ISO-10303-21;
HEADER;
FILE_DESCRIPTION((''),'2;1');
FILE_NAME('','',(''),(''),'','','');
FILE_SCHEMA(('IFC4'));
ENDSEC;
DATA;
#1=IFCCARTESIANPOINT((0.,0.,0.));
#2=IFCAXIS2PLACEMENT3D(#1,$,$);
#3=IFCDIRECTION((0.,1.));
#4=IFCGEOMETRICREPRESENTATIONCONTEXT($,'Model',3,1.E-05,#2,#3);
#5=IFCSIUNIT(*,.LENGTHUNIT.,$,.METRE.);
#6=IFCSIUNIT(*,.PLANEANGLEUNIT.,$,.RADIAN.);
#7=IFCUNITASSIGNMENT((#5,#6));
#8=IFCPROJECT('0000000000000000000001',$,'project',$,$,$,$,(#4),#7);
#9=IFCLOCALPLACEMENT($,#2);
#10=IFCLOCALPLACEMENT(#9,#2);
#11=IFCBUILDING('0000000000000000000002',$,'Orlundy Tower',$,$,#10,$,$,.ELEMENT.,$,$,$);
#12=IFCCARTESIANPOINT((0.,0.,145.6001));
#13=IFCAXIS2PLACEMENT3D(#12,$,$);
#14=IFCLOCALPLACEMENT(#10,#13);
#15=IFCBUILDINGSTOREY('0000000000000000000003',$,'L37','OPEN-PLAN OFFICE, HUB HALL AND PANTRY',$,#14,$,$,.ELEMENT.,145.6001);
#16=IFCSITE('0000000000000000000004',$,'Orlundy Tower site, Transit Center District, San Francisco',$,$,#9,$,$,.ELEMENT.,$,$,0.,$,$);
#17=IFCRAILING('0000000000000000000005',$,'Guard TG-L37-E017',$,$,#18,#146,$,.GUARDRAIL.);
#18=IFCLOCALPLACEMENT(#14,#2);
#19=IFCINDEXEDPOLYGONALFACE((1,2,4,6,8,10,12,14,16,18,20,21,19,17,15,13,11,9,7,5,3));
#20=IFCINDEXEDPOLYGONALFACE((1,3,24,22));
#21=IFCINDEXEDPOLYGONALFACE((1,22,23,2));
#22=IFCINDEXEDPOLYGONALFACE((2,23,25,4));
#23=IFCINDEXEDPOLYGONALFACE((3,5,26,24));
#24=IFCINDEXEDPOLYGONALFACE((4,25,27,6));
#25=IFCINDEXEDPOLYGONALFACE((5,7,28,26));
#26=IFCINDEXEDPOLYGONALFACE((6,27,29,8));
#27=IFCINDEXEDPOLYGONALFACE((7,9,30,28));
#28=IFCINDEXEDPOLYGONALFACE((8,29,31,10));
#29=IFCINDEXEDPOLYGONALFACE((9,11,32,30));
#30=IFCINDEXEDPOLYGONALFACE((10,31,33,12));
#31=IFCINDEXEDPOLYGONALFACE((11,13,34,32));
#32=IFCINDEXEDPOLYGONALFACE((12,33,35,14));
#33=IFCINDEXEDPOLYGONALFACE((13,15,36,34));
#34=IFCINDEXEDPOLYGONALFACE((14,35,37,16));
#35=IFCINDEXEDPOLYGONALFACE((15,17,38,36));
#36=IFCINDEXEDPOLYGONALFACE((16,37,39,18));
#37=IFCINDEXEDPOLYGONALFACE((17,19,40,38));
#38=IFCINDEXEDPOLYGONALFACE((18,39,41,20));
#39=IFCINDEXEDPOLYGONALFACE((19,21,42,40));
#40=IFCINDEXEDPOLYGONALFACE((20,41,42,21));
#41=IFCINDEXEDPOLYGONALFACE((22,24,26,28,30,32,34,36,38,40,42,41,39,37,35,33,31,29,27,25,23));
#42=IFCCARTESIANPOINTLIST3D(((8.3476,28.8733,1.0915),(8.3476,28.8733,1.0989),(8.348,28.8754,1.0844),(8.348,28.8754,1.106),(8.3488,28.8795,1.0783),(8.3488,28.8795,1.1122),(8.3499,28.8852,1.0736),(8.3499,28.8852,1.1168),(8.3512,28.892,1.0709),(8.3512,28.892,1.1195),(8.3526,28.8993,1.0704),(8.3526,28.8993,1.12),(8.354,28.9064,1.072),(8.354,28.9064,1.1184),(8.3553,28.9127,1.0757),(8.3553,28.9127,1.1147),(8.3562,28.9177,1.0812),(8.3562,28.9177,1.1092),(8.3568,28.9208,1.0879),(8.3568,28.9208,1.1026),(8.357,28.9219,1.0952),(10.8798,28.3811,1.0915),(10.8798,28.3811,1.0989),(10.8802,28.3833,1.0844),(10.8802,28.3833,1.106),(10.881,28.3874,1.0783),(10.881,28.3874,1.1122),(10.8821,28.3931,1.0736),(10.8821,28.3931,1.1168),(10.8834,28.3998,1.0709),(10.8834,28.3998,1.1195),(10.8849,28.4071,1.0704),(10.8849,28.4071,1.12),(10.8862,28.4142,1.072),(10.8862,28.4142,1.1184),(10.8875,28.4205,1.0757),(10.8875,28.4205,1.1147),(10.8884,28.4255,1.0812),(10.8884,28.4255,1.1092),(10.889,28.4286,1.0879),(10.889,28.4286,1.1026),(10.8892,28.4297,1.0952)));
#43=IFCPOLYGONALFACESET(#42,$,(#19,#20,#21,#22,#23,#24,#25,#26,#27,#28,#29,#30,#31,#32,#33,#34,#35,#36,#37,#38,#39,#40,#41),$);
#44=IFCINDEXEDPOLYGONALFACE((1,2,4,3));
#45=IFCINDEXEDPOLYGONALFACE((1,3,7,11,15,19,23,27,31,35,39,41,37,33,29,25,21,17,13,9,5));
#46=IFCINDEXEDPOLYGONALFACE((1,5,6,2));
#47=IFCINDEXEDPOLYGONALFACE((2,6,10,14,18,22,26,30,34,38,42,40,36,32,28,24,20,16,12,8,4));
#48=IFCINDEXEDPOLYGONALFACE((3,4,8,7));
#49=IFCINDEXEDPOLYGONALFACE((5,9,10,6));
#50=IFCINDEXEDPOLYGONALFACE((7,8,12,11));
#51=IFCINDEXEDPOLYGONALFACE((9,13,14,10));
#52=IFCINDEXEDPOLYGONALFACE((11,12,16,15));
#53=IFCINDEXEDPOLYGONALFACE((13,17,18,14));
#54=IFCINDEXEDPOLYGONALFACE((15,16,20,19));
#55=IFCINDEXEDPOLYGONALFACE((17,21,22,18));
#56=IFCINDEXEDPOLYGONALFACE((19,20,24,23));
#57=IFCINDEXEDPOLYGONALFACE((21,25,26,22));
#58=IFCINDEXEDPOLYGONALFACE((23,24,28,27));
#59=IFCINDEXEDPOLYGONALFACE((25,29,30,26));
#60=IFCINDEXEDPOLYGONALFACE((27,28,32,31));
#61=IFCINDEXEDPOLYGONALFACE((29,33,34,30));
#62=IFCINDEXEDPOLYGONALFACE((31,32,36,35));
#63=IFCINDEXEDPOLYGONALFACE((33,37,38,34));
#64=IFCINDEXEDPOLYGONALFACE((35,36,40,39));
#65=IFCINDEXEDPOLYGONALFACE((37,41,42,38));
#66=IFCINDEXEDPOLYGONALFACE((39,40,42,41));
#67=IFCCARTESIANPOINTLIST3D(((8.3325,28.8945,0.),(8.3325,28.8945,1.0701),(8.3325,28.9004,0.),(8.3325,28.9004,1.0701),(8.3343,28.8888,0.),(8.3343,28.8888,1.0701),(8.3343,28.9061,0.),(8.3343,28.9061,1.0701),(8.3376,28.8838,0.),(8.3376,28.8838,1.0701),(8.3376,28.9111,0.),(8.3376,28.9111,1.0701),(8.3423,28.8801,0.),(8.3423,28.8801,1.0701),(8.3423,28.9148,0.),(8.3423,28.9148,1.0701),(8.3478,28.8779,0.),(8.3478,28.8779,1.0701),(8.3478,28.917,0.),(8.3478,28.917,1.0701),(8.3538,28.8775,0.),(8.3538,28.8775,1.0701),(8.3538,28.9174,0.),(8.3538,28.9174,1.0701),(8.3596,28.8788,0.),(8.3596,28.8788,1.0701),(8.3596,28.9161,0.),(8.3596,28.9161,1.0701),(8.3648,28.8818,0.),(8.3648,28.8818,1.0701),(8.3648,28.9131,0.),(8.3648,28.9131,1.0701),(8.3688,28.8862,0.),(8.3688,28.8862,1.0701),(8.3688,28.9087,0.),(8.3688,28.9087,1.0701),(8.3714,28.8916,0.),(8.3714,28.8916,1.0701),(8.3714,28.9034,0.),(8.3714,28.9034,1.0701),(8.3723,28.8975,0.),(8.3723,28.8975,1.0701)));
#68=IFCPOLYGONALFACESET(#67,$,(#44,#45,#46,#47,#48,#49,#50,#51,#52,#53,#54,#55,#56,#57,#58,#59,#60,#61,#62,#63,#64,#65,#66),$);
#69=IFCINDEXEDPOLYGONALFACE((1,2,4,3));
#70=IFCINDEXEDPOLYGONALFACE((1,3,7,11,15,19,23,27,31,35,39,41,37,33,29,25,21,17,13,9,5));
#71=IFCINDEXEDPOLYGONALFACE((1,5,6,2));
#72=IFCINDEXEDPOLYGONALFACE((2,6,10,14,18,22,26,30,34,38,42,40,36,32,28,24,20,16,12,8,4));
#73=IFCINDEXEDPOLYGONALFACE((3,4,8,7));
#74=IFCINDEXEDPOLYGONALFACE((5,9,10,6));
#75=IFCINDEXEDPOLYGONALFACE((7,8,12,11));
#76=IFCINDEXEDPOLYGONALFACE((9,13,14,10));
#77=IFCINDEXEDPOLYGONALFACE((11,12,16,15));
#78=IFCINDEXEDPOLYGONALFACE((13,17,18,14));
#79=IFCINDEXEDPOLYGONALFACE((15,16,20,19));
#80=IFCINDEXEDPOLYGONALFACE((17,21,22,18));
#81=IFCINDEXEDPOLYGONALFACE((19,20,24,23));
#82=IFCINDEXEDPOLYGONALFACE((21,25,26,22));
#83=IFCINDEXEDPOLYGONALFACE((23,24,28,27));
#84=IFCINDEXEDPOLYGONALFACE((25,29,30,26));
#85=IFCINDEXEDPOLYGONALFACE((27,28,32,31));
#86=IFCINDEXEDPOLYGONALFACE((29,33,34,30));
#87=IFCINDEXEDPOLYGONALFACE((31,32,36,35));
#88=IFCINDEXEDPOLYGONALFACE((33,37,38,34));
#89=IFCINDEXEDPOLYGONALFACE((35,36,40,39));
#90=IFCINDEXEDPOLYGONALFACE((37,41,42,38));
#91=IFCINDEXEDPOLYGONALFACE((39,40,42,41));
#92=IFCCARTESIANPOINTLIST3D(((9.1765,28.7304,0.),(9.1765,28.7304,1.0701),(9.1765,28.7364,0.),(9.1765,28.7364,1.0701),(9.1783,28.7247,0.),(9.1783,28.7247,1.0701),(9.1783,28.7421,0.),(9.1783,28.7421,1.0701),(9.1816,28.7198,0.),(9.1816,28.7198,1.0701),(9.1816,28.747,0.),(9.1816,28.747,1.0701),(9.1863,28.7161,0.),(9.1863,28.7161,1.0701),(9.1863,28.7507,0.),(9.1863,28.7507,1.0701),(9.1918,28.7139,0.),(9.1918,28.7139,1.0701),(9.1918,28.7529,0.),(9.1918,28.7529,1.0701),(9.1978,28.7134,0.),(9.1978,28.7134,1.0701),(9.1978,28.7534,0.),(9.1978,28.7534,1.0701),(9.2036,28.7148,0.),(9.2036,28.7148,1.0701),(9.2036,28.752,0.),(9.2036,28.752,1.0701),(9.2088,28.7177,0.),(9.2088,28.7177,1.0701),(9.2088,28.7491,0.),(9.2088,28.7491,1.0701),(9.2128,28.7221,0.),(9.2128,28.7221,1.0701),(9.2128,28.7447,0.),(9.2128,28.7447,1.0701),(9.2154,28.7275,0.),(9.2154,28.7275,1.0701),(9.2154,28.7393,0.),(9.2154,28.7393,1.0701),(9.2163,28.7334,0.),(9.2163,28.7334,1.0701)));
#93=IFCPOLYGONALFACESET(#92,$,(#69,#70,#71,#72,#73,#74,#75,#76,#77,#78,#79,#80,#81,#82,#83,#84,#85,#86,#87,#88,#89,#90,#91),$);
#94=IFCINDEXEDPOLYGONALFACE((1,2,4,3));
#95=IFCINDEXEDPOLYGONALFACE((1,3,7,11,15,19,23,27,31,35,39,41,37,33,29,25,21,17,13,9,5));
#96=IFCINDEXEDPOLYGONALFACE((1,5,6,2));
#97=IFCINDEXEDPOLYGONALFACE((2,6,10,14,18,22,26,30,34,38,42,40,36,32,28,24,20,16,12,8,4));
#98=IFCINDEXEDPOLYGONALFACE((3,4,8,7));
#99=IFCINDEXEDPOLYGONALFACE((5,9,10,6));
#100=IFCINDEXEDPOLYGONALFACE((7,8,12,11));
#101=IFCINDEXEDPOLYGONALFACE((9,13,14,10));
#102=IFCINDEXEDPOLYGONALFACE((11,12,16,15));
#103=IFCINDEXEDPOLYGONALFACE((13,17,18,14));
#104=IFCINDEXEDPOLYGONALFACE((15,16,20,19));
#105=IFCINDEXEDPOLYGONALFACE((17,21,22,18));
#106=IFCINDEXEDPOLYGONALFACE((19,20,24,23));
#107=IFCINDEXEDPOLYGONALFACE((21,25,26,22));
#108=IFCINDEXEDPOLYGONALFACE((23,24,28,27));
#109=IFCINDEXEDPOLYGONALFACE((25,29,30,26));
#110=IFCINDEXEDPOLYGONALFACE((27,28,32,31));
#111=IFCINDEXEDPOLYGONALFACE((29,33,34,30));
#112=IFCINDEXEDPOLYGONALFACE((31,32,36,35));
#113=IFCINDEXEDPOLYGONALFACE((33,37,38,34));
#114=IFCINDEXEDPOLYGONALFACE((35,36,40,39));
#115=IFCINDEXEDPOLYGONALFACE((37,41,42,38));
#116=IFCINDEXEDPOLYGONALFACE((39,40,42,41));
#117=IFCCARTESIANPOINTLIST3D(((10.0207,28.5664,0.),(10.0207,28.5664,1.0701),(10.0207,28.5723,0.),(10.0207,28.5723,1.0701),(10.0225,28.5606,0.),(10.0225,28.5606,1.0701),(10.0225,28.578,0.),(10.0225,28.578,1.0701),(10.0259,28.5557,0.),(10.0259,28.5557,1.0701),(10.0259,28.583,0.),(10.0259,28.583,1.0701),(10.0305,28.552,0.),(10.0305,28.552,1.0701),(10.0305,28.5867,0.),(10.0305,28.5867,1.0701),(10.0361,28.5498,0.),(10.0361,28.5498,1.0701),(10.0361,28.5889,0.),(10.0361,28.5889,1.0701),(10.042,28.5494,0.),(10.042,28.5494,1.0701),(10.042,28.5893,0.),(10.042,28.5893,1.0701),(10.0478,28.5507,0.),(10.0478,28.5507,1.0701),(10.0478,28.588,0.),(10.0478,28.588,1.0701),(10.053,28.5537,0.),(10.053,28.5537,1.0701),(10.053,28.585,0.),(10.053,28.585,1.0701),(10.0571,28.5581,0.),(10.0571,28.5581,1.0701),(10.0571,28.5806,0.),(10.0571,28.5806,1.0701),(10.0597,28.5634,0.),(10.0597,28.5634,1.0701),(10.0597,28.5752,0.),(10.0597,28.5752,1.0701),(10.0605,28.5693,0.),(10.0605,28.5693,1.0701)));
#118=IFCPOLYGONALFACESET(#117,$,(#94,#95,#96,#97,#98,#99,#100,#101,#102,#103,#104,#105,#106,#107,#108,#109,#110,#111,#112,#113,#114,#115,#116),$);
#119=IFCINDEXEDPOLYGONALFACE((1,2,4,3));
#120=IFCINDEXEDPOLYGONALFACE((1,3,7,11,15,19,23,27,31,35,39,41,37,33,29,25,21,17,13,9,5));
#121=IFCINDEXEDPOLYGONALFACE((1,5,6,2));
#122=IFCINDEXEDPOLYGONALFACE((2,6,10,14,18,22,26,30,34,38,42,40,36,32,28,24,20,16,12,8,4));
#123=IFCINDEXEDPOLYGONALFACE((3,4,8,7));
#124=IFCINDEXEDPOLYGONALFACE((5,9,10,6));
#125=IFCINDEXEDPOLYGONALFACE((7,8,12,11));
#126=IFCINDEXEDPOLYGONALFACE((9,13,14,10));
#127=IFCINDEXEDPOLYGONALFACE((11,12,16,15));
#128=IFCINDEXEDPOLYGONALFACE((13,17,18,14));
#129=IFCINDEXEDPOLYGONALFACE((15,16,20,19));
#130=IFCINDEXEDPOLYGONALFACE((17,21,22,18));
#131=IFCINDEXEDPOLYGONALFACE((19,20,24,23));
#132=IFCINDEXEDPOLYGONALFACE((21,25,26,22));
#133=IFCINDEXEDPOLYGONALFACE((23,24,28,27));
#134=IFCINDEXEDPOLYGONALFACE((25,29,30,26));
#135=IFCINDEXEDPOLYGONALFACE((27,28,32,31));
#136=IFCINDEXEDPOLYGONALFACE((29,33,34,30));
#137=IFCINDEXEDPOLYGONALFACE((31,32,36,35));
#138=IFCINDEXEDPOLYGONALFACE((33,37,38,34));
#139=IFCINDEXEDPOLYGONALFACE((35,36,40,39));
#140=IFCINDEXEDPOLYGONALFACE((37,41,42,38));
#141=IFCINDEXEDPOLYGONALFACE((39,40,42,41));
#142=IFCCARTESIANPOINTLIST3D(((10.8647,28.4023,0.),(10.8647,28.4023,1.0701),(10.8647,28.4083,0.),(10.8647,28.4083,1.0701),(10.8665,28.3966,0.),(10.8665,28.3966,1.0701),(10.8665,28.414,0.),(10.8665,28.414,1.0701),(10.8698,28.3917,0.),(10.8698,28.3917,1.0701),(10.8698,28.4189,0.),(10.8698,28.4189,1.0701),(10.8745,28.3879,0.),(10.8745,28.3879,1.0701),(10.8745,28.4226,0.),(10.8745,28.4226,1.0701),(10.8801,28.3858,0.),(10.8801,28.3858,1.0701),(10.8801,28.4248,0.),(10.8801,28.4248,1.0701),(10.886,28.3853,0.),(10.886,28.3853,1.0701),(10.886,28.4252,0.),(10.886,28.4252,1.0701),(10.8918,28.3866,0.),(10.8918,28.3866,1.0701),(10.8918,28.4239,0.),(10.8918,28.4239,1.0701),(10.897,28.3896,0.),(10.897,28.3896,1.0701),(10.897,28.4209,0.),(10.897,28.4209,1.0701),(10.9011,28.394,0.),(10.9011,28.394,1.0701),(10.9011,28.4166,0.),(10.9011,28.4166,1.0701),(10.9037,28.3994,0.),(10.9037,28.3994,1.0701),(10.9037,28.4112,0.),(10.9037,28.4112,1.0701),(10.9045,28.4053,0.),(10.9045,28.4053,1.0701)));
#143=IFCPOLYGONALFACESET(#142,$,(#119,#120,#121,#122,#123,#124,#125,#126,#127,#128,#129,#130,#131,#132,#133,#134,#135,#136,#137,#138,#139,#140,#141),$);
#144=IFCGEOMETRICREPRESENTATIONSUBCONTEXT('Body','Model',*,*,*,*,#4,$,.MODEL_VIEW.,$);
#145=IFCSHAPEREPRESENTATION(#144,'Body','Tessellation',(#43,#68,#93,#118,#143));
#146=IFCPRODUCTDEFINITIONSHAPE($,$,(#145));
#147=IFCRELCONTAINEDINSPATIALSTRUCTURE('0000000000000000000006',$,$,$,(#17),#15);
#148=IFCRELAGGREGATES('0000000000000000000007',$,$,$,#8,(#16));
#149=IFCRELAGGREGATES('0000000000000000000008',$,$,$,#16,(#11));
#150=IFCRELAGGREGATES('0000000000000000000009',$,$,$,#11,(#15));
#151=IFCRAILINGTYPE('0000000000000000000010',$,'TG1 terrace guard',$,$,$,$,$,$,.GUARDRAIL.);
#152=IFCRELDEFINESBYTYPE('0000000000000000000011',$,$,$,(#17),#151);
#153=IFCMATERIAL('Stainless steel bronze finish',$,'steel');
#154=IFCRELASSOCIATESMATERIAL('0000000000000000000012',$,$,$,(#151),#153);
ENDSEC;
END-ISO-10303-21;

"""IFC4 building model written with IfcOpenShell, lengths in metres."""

from ifc_helpers import new_model, si_unit, direction, frame, origin, origin_2d, place, context, subcontext, project, spatial, circle, extrude, material, type_object, element, save


model = new_model("IFC4")

# Units and contexts
model_context = context("Model", 3, precision=1e-05, world=origin(), true_north=direction((0.0, 1.0)))
body_context = subcontext(model_context, "Body", "Model", "MODEL_VIEW")
ifc_project = project(units=[si_unit("LENGTHUNIT", "METRE"), si_unit("PLANEANGLEUNIT", "RADIAN")], contexts=[model_context])

# Site, building, storey
site_placement = place(None, origin())
site = spatial("IfcSite", under=ifc_project, at=site_placement, Name="Orlundy Tower site, Transit Center District, San Francisco", CompositionType="ELEMENT", RefElevation=0.0)
building_placement = place(site_placement, origin())
building = spatial("IfcBuilding", under=site, at=building_placement, Name="Orlundy Tower", CompositionType="ELEMENT")
storey_placement = place(building_placement, frame((0.0, 0.0, 145.6001)))
storey = spatial("IfcBuildingStorey", under=building, at=storey_placement, Name="L37", Description="OPEN-PLAN OFFICE, HUB HALL AND PANTRY", CompositionType="ELEMENT", Elevation=145.6001)

# Railing
ifc_material_1 = material(Name="Stainless steel bronze finish", Category="steel")
railing_type = type_object("IfcRailingType", Name="TG1 terrace guard", PredefinedType="GUARDRAIL", material=ifc_material_1)
railing_1_placement = place(storey_placement, frame((8.3523, 28.8975, 0.0)))
element("IfcRailing", 1, at=railing_1_placement, inside=storey, type_object=railing_type, Name="Guard TG-L37-E017", PredefinedType="GUARDRAIL", context=body_context, shape_type="SweptSolid", body=[
    extrude(circle(Radius=0.0249, at=origin_2d()), frame((0.0, 0.0, 1.0952), z_axis=(0.981629, -0.190799, 0.0), x_axis=(0.190799, 0.981629, 0.0)), (0.0, 0.0, 1.0), 2.5796),
    extrude(circle(Radius=0.02, at=origin_2d()), origin(), (0.0, 0.0, 1.0), 1.0701),
    extrude(circle(Radius=0.02, at=origin_2d()), frame((0.844, -0.1641, 0.0)), (0.0, 0.0, 1.0), 1.0701),
    extrude(circle(Radius=0.02, at=origin_2d()), frame((1.6882, -0.3281, 0.0)), (0.0, 0.0, 1.0), 1.0701),
    extrude(circle(Radius=0.02, at=origin_2d()), frame((2.5322, -0.4922, 0.0)), (0.0, 0.0, 1.0), 1.0701),
])

save(model, "model.ifc")
